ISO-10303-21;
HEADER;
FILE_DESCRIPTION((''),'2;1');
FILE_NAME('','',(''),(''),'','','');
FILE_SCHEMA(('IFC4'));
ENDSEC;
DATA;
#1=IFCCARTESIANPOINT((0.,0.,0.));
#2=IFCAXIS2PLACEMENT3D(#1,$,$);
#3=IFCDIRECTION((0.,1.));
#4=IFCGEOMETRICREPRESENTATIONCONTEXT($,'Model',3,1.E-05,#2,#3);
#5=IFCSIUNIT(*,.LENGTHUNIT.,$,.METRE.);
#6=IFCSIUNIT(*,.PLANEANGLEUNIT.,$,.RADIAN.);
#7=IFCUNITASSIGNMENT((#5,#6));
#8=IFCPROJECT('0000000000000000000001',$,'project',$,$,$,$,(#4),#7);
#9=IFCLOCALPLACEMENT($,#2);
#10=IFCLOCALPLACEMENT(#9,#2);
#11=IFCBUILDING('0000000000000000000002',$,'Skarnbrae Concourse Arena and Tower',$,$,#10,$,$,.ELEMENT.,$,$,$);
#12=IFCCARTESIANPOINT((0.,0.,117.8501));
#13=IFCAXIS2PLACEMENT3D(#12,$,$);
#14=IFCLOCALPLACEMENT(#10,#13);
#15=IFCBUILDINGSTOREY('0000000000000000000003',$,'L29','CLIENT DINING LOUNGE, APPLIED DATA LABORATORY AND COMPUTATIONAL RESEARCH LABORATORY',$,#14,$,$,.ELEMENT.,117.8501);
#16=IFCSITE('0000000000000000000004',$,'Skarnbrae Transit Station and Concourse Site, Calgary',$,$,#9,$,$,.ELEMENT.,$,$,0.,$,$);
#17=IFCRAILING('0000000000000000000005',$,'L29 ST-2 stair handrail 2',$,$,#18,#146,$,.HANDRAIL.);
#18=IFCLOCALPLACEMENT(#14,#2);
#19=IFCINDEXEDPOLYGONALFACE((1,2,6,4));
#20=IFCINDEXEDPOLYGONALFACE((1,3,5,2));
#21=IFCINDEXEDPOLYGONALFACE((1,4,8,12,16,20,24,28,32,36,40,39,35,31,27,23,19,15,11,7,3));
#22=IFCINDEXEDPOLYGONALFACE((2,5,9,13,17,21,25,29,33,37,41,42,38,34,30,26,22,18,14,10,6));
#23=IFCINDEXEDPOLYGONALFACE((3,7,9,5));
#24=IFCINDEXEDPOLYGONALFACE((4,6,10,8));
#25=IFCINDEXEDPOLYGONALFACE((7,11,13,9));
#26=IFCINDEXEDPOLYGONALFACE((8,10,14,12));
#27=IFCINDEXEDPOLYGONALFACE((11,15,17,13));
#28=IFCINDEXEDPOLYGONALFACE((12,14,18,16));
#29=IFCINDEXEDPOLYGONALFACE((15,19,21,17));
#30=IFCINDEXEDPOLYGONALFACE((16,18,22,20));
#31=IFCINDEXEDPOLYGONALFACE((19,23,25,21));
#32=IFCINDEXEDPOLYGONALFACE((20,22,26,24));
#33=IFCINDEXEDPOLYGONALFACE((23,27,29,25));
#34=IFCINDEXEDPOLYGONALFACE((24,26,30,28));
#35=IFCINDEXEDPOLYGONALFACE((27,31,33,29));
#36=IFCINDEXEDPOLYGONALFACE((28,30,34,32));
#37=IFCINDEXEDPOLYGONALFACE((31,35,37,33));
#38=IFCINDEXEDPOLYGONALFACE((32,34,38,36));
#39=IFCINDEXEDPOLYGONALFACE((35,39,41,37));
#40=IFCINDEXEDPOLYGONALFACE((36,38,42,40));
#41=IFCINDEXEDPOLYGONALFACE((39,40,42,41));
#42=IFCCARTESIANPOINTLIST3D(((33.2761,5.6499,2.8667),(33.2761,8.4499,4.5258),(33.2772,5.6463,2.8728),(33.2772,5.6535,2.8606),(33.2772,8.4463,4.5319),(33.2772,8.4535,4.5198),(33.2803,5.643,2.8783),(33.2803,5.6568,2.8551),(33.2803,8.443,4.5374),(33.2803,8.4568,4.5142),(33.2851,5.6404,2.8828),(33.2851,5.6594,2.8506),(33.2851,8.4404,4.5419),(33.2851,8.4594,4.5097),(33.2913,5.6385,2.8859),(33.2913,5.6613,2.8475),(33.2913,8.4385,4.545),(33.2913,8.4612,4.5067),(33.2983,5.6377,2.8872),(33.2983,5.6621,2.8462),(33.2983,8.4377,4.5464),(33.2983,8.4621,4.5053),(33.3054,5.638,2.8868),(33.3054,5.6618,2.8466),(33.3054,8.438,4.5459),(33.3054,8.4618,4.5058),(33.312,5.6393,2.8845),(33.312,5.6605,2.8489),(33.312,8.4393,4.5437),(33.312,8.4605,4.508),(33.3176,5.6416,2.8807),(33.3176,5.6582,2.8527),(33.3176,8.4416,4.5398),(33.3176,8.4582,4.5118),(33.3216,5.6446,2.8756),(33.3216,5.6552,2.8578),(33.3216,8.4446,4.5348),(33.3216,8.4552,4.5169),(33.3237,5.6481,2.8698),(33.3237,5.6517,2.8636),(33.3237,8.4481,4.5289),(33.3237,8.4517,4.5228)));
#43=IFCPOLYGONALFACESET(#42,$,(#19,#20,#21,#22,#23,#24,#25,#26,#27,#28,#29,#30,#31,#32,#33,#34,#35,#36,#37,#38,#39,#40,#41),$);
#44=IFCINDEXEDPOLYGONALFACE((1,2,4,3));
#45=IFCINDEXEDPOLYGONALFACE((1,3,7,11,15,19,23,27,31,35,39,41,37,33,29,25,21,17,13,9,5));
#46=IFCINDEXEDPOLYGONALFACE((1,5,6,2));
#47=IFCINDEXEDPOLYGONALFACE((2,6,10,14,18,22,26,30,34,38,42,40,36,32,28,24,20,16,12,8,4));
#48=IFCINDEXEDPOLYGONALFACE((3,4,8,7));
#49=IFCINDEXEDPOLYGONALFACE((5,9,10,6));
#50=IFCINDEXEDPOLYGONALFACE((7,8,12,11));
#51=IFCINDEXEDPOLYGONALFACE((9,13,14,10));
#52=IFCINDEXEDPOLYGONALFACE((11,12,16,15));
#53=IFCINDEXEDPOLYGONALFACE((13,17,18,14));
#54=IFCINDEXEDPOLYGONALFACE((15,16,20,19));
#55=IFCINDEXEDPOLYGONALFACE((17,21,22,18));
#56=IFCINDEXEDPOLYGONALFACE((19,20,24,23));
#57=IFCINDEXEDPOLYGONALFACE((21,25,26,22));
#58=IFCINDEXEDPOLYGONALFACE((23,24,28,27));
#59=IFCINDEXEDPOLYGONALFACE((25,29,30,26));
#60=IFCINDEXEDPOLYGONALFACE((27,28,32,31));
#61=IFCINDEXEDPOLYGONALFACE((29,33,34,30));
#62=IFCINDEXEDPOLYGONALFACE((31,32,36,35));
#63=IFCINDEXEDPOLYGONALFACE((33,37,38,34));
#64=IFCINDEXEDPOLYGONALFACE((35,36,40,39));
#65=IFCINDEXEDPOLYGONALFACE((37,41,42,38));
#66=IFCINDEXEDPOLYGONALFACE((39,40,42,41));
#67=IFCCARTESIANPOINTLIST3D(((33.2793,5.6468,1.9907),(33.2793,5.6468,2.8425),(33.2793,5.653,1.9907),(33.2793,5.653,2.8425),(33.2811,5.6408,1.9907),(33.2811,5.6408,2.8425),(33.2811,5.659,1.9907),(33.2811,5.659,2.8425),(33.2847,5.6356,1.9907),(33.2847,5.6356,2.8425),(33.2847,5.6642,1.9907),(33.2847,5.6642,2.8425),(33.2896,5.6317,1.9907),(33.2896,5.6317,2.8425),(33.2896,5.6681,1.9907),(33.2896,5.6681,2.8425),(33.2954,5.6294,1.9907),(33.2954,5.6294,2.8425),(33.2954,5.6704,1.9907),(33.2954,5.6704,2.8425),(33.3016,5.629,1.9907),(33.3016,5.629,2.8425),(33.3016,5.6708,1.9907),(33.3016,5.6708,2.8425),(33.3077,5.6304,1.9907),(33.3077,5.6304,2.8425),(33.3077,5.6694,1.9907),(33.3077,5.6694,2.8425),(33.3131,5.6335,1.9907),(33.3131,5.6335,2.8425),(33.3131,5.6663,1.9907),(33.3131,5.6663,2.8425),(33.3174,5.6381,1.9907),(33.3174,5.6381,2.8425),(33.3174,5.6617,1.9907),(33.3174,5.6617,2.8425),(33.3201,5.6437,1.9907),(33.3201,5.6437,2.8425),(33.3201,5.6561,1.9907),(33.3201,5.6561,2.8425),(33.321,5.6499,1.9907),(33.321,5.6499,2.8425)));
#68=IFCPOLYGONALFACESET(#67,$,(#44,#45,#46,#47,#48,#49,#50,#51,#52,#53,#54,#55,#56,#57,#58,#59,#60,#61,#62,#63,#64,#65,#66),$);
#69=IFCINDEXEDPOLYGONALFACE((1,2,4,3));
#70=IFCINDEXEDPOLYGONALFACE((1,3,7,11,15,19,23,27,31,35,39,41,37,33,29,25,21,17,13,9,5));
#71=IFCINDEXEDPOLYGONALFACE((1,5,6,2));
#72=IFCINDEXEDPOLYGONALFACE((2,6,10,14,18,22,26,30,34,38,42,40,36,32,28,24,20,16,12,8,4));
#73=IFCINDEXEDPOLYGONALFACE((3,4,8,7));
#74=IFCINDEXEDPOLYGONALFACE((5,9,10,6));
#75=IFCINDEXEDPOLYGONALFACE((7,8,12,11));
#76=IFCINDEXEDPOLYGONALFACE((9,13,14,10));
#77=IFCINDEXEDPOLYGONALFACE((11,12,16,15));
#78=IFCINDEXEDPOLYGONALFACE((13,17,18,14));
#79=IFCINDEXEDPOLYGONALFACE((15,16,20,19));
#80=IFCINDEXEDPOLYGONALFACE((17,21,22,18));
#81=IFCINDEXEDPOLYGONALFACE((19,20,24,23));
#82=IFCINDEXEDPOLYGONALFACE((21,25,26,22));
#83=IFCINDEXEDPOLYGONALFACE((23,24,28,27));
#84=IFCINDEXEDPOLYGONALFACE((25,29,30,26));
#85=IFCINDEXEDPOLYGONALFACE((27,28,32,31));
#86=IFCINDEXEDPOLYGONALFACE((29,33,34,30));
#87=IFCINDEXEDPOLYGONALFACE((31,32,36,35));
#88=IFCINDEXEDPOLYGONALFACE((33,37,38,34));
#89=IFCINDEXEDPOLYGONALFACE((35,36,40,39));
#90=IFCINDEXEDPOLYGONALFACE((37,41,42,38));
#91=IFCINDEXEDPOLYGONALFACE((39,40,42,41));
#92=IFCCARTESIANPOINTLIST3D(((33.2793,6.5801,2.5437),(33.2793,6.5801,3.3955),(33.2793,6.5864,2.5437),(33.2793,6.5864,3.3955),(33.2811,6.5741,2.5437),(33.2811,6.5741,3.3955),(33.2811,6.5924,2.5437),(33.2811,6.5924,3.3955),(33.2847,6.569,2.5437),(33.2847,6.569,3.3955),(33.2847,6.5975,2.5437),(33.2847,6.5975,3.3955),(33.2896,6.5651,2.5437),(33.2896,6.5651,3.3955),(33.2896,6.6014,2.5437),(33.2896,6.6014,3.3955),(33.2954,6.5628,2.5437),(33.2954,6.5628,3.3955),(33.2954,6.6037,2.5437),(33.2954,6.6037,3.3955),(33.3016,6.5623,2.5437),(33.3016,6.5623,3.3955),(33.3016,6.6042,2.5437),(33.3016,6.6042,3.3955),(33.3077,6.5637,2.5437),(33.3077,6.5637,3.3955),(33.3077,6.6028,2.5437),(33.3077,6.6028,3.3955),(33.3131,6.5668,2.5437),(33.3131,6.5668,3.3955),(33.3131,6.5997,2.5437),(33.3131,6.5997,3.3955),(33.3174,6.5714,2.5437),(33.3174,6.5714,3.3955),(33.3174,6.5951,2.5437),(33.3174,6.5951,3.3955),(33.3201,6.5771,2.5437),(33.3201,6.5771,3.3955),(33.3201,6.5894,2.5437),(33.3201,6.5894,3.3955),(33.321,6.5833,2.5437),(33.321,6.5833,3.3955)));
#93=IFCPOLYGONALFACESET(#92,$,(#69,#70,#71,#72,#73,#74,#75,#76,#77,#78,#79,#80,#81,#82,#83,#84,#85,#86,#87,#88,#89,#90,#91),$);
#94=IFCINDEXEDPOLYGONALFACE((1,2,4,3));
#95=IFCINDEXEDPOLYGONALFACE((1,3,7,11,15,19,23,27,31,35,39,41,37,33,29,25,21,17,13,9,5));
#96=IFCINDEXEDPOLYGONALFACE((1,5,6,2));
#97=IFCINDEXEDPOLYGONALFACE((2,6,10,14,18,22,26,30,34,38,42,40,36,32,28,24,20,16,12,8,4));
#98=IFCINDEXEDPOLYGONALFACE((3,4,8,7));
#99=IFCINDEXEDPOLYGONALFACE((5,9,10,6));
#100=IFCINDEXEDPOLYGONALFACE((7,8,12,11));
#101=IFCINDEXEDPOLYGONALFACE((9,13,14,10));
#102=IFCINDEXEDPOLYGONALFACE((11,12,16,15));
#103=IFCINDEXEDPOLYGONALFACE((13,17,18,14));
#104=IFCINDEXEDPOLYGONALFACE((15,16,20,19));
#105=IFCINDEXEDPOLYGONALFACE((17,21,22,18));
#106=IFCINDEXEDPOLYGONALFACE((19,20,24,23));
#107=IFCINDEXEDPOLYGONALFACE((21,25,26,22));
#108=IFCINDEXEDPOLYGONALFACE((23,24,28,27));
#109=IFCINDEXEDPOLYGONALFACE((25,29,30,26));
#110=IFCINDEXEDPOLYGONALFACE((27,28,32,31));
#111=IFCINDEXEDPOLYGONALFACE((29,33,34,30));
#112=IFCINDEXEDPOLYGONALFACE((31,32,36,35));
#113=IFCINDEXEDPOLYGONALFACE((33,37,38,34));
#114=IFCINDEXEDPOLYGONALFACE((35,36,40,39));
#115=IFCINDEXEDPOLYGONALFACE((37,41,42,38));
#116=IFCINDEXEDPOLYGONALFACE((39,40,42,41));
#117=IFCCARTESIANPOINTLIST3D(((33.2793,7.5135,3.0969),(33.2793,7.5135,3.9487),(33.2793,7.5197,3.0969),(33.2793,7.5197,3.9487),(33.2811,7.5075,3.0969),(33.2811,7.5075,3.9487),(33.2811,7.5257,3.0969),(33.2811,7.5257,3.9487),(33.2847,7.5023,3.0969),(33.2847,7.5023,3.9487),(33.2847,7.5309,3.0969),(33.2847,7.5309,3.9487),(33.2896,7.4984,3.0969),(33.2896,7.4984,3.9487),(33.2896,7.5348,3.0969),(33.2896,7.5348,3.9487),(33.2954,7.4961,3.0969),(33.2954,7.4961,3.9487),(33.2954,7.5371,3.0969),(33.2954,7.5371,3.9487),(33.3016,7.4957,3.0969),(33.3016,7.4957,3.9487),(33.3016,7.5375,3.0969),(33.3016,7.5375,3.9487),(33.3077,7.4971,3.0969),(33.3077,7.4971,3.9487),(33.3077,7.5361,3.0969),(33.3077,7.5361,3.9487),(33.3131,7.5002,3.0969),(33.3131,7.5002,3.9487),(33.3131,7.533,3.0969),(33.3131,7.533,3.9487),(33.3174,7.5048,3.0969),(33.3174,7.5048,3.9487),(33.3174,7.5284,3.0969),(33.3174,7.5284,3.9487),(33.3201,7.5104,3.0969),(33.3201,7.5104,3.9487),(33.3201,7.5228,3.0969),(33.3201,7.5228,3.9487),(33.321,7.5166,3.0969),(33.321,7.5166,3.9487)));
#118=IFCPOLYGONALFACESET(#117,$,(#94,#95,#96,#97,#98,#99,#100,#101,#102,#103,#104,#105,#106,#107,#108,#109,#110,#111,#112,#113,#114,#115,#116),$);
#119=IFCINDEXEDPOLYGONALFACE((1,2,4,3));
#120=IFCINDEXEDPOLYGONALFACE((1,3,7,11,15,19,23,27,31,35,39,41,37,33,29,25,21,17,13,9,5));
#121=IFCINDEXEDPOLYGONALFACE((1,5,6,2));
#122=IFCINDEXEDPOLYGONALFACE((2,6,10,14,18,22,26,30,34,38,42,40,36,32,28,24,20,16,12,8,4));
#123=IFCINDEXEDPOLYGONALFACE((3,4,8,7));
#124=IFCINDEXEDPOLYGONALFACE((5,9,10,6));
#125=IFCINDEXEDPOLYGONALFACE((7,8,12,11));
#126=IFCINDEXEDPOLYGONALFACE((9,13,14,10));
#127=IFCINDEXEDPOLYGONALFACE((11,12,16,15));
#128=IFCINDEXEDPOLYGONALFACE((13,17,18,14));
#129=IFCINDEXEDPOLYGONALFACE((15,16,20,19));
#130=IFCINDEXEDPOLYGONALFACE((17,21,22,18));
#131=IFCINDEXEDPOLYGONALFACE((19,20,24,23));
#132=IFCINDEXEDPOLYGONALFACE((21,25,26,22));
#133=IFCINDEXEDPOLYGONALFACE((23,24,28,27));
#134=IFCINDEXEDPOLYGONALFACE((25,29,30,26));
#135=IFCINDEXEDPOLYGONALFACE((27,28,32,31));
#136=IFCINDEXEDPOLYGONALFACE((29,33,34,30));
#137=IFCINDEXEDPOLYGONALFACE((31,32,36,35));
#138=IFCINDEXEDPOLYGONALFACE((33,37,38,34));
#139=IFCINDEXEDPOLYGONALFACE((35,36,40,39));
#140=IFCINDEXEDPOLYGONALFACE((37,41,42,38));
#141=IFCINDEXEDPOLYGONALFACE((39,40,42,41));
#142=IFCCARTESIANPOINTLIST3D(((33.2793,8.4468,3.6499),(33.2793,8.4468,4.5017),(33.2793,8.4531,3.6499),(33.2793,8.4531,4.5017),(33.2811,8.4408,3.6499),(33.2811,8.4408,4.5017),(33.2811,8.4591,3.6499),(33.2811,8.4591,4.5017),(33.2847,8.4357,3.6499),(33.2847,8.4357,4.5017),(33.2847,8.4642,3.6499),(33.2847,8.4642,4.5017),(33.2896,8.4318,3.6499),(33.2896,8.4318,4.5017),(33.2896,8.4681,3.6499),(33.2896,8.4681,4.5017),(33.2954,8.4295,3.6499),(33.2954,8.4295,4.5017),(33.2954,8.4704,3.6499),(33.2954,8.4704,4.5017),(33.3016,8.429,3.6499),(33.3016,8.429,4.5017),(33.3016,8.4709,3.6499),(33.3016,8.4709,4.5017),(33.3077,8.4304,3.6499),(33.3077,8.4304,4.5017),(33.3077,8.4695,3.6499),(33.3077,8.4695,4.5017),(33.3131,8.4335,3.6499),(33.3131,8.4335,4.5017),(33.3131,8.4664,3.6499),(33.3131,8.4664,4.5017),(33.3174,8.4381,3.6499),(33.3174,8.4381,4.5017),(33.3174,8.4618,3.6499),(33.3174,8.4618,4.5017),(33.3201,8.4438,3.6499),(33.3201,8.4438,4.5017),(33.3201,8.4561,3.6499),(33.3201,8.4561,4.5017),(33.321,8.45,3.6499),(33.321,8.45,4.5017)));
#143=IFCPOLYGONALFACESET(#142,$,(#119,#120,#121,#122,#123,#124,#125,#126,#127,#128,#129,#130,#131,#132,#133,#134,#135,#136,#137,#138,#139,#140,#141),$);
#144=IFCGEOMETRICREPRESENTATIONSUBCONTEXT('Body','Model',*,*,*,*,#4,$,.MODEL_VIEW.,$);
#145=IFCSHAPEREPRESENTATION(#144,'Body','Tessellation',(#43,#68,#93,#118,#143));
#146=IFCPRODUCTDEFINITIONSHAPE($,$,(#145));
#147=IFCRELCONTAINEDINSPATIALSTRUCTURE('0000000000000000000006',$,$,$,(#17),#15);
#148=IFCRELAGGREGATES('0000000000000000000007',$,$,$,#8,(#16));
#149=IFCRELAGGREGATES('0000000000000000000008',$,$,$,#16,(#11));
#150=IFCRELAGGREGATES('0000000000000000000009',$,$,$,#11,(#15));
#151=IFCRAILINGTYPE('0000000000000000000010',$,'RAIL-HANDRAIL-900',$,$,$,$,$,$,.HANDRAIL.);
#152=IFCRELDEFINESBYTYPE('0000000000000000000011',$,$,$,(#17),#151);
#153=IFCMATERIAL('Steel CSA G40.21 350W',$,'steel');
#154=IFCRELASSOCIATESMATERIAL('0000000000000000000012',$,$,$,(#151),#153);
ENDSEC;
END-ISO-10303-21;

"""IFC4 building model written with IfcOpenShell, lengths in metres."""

from ifc_helpers import new_model, si_unit, direction, frame, origin, origin_2d, place, context, subcontext, project, spatial, circle, extrude, material, type_object, element, save


model = new_model("IFC4")

# Units and contexts
model_context = context("Model", 3, precision=1e-05, world=origin(), true_north=direction((0.0, 1.0)))
body_context = subcontext(model_context, "Body", "Model", "MODEL_VIEW")
ifc_project = project(units=[si_unit("LENGTHUNIT", "METRE"), si_unit("PLANEANGLEUNIT", "RADIAN")], contexts=[model_context])

# Site, building, storey
site_placement = place(None, origin())
site = spatial("IfcSite", under=ifc_project, at=site_placement, Name="Skarnbrae Transit Station and Concourse Site, Calgary", CompositionType="ELEMENT", RefElevation=0.0)
building_placement = place(site_placement, origin())
building = spatial("IfcBuilding", under=site, at=building_placement, Name="Skarnbrae Concourse Arena and Tower", CompositionType="ELEMENT")
storey_placement = place(building_placement, frame((0.0, 0.0, 117.8501)))
storey = spatial("IfcBuildingStorey", under=building, at=storey_placement, Name="L29", Description="CLIENT DINING LOUNGE, APPLIED DATA LABORATORY AND COMPUTATIONAL RESEARCH LABORATORY", CompositionType="ELEMENT", Elevation=117.8501)

# Shared definitions
ifc_material_1 = material(Name="Steel CSA G40.21 350W", Category="steel")

# Railing
railing_type_1 = type_object("IfcRailingType", Name="RAIL-HANDRAIL-900", PredefinedType="HANDRAIL", material=ifc_material_1)
railing_1_placement = place(storey_placement, frame((33.3, 5.6499, 1.9907)))
element("IfcRailing", 1, at=railing_1_placement, inside=storey, type_object=railing_type_1, Name="L29 ST-2 stair handrail 2", PredefinedType="HANDRAIL", context=body_context, shape_type="SweptSolid", body=[
    extrude(circle(Radius=0.0239, at=origin_2d()), frame((0.0, 0.0, 0.876), z_axis=(0.0, 0.860306, 0.509778), x_axis=(-1.0, 0.0, 0.0)), (0.0, 0.0, 1.0), 3.2546),
    extrude(circle(Radius=0.021, at=origin_2d()), origin(), (0.0, 0.0, 1.0), 0.8518),
    extrude(circle(Radius=0.021, at=origin_2d()), frame((0.0, 0.9333, 0.553)), (0.0, 0.0, 1.0), 0.8518),
    extrude(circle(Radius=0.021, at=origin_2d()), frame((0.0, 1.8667, 1.1062)), (0.0, 0.0, 1.0), 0.8518),
    extrude(circle(Radius=0.021, at=origin_2d()), frame((0.0, 2.8, 1.6592)), (0.0, 0.0, 1.0), 0.8518),
])

save(model, "model.ifc")
